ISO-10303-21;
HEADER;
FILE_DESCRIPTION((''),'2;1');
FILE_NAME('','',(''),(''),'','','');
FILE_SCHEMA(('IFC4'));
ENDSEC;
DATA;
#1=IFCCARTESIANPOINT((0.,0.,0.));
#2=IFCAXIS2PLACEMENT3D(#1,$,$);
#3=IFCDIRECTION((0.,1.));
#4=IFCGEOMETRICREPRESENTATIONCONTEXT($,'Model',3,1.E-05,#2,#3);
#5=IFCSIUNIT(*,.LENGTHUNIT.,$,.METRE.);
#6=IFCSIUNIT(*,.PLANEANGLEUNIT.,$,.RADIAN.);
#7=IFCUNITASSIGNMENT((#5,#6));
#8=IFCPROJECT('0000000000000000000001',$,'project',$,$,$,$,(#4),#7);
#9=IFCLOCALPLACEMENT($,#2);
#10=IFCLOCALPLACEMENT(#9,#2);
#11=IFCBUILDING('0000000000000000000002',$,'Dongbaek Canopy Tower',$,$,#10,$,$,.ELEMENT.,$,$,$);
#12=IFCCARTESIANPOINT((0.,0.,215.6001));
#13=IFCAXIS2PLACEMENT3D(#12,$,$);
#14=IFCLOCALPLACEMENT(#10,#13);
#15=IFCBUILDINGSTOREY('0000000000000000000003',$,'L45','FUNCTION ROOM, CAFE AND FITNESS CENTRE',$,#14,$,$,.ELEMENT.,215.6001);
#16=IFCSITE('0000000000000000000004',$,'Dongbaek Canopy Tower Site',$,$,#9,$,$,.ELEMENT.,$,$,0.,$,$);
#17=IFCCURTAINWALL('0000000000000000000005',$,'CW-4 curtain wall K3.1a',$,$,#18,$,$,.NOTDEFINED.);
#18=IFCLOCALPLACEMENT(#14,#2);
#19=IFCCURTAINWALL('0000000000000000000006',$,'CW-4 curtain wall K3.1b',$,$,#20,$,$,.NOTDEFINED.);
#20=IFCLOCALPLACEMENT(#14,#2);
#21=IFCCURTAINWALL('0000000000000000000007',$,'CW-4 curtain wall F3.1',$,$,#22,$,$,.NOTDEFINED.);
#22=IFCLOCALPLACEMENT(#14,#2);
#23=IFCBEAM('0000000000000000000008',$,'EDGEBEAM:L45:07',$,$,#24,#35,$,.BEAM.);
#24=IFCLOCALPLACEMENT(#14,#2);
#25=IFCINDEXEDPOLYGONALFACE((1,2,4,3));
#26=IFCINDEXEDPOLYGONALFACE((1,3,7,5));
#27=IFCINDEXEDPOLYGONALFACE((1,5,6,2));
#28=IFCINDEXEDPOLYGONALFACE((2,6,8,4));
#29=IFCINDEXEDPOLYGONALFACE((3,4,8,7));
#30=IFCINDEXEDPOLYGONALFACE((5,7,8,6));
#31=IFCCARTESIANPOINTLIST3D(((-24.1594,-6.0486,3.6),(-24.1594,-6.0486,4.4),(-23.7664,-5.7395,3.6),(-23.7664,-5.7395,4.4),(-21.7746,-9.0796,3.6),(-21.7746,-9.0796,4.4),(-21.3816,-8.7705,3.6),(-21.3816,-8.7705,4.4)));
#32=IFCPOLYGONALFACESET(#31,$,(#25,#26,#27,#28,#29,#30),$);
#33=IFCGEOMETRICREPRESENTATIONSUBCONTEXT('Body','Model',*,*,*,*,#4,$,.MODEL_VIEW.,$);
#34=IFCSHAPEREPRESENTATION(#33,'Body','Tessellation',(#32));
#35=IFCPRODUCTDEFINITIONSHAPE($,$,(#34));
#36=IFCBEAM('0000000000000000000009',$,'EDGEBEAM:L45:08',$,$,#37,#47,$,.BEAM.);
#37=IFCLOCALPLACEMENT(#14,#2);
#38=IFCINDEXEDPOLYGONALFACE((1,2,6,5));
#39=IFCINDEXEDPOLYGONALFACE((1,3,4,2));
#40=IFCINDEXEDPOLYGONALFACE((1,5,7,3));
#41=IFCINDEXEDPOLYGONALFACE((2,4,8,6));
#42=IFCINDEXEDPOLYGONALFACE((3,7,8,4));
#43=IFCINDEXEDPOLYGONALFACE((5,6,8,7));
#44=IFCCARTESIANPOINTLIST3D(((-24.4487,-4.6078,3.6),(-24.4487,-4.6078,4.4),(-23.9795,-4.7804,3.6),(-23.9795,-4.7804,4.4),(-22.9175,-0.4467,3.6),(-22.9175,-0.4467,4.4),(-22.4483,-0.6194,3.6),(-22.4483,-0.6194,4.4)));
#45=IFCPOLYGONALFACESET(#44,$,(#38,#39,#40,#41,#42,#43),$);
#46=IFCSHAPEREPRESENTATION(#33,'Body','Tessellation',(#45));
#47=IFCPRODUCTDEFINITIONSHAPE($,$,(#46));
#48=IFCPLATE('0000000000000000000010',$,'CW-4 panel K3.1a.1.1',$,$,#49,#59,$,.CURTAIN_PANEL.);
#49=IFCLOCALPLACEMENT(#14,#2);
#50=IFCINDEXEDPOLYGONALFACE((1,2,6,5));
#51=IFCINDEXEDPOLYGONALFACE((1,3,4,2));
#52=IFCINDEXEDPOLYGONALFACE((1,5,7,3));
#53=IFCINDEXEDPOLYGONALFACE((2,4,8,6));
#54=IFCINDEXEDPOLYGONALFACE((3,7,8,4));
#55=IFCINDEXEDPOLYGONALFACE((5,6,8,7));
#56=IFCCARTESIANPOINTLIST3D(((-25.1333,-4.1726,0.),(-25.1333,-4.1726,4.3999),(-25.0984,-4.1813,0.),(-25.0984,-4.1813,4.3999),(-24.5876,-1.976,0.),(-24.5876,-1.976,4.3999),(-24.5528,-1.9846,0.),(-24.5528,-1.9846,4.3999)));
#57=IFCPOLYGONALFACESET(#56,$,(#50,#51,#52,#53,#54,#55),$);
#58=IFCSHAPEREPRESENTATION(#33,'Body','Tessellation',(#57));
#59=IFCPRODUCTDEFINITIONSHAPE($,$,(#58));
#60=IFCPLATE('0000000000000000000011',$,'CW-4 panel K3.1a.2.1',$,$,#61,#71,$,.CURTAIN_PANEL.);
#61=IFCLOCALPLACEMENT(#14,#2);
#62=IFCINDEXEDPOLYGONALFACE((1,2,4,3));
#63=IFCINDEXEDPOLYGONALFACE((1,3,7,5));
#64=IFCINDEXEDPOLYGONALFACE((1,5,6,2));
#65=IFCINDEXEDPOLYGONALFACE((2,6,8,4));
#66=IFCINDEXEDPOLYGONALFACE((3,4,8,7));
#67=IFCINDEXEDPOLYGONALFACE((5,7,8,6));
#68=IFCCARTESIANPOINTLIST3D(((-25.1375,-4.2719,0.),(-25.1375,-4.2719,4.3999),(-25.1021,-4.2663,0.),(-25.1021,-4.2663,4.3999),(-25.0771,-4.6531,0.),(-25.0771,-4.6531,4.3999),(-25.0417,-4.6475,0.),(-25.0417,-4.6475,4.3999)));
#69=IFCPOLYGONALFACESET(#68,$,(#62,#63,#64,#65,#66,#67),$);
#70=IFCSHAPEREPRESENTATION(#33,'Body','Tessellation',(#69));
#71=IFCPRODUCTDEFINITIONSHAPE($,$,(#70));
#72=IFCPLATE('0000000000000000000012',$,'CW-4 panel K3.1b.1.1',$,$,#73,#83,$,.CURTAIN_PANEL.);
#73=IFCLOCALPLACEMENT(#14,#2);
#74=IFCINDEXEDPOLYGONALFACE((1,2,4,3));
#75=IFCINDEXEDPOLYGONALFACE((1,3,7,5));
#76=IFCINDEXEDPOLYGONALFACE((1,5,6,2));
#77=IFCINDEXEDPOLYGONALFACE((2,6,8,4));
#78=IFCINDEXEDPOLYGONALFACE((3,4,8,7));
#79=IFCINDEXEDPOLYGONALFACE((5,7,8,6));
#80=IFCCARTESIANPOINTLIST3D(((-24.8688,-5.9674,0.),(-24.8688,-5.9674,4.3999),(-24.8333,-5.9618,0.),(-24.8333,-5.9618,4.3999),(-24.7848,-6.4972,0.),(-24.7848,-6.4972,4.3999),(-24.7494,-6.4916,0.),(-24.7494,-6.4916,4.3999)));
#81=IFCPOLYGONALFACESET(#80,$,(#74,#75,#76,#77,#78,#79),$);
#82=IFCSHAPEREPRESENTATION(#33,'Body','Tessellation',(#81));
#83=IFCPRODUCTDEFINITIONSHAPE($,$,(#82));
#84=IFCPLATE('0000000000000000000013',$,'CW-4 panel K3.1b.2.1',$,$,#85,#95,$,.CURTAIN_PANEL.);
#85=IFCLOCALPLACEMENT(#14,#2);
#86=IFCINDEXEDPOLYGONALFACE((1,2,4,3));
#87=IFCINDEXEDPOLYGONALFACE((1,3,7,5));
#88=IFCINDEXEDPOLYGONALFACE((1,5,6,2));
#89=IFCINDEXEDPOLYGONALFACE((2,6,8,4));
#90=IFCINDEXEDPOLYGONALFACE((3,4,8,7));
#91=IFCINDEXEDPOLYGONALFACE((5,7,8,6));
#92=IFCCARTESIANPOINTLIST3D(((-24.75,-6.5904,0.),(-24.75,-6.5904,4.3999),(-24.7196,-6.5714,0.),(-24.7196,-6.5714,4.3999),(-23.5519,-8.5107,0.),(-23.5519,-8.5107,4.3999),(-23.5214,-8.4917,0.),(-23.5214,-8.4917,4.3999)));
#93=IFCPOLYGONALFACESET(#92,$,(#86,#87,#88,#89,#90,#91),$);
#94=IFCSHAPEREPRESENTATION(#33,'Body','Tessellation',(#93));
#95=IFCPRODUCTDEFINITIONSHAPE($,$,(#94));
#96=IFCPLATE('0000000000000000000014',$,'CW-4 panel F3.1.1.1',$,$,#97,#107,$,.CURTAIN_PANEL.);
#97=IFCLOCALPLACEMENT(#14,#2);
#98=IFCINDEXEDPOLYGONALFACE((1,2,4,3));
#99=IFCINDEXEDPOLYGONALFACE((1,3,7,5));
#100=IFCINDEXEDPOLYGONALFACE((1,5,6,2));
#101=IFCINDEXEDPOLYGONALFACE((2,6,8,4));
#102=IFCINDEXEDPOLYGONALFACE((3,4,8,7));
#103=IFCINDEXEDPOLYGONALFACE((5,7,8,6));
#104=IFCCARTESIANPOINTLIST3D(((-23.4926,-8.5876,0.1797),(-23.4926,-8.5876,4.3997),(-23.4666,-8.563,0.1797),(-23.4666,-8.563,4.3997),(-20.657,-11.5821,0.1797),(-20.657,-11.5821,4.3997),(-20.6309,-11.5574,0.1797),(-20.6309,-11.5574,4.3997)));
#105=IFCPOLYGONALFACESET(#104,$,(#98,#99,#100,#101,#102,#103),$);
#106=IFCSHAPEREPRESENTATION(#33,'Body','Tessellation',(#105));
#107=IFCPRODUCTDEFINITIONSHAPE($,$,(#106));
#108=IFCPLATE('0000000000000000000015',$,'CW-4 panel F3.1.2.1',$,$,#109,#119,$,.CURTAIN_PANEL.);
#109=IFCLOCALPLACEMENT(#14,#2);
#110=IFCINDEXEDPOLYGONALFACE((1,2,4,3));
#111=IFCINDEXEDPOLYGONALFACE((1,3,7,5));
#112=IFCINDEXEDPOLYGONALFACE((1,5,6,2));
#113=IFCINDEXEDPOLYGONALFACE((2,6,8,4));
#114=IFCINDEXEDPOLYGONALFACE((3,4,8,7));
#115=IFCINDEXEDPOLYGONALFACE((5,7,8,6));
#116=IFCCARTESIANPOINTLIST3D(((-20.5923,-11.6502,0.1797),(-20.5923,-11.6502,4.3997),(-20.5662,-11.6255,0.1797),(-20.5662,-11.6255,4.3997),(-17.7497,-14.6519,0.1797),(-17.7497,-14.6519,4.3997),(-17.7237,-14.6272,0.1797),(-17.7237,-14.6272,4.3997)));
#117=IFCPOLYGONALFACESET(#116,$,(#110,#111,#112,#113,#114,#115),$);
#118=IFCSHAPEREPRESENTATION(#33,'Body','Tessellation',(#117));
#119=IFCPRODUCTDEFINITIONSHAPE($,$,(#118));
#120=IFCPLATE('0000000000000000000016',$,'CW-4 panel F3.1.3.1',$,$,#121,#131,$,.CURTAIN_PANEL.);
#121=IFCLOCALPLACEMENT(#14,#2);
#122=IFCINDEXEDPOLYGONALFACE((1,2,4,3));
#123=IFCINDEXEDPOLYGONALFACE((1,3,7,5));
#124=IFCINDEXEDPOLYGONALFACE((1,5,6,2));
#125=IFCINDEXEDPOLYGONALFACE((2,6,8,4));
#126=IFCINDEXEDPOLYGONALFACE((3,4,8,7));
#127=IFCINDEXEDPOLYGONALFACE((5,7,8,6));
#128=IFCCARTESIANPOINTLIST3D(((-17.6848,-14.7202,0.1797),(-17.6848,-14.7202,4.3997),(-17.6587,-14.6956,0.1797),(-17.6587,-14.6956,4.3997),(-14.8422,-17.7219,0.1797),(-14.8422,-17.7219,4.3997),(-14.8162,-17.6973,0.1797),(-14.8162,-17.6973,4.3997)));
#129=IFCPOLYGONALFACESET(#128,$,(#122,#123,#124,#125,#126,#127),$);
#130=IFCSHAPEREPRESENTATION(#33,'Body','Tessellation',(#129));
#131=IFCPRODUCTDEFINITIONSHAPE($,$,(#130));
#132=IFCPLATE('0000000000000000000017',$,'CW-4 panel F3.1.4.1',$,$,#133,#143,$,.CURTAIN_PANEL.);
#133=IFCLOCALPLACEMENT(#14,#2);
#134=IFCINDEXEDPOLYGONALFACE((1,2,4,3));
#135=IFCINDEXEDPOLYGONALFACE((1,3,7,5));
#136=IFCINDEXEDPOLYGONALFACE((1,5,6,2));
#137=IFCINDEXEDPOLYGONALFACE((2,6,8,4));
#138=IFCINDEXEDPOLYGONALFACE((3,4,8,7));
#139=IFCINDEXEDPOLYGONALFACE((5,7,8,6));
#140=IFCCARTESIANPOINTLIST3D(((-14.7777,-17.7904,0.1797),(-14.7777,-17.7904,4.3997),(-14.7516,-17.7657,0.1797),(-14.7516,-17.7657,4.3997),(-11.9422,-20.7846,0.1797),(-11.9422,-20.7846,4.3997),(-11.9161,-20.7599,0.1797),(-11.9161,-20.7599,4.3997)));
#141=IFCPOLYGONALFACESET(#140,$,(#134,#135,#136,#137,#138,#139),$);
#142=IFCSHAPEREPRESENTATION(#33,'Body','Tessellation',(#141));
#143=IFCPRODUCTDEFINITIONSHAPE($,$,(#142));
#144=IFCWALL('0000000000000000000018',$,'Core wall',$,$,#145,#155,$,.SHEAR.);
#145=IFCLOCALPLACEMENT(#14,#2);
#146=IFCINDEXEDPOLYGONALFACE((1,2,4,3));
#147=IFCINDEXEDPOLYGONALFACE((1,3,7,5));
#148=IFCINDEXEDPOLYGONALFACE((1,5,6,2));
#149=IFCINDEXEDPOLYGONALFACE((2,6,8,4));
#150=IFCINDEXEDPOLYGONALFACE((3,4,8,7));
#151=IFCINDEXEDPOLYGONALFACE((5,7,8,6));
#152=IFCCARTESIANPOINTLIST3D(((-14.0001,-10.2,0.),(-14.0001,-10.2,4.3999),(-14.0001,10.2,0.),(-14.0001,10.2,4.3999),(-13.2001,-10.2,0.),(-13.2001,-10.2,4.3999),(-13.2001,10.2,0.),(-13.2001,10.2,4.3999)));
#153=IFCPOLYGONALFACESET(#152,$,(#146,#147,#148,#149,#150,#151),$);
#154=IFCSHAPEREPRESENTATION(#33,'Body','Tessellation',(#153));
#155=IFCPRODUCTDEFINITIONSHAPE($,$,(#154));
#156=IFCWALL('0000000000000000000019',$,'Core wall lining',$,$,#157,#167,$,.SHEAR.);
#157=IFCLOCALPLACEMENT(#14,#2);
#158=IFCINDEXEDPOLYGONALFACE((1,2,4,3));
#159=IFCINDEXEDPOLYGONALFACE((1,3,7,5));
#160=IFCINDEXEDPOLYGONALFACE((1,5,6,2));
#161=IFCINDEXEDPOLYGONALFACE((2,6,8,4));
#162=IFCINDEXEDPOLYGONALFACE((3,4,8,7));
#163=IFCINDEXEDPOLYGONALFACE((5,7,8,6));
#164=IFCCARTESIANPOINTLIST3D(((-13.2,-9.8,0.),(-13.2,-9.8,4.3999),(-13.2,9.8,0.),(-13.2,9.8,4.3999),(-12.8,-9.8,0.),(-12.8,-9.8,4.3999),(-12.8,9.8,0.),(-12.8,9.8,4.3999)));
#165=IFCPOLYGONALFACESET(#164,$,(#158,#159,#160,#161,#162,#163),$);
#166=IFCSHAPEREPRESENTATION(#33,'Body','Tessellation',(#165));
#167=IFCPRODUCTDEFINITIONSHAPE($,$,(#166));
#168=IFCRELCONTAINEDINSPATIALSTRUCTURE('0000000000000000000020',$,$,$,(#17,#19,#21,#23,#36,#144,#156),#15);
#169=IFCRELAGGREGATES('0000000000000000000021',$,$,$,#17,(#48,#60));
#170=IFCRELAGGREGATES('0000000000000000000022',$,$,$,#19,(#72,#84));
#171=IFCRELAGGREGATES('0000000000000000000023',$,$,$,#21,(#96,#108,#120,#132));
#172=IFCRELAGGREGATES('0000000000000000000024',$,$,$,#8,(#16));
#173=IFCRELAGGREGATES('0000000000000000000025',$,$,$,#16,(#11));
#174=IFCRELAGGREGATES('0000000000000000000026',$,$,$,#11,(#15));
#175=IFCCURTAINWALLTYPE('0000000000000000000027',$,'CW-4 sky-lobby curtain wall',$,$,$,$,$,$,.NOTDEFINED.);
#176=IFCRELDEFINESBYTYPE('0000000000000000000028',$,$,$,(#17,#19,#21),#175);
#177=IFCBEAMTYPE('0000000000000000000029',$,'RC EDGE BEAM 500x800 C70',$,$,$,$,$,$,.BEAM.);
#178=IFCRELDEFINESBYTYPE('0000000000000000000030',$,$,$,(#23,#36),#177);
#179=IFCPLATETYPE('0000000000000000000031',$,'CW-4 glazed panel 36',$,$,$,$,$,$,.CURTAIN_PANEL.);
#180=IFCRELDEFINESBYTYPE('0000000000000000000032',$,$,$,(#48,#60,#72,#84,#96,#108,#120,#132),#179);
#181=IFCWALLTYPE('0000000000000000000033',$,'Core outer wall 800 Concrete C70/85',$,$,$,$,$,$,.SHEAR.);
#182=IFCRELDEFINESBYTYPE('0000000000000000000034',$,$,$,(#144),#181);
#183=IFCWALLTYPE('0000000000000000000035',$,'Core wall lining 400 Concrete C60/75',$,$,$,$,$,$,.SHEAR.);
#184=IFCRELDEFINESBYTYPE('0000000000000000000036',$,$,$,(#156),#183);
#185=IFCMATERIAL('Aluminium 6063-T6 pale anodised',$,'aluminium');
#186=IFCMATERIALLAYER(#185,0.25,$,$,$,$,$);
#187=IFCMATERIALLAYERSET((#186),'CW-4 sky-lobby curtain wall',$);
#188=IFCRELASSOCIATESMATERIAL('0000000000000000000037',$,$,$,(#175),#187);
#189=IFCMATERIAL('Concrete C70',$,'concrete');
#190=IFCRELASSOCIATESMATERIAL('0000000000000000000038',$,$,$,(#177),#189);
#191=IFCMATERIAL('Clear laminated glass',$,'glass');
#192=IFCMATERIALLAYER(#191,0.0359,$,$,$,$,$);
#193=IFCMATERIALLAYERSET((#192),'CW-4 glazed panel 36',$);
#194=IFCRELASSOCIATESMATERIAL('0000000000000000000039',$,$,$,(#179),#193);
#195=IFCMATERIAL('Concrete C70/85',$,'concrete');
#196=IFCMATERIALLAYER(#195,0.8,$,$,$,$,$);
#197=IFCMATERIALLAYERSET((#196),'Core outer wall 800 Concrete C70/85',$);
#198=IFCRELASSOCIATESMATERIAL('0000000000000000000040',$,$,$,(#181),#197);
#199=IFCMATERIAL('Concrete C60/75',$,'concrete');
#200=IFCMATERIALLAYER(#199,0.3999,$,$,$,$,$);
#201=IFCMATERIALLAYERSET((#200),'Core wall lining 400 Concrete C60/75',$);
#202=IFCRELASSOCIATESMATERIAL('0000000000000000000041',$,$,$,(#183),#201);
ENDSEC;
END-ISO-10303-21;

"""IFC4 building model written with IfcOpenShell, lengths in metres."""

from ifc_helpers import new_model, si_unit, direction, frame, frame_2d, origin, origin_2d, place, context, subcontext, project, spatial, rectangle, extrude, material, layer, layer_set, material_profile, profile_set, type_object, element, aggregate, save


model = new_model("IFC4")

# Units and contexts
model_context = context("Model", 3, precision=1e-05, world=origin(), true_north=direction((0.0, 1.0)))
body_context = subcontext(model_context, "Body", "Model", "MODEL_VIEW")
ifc_project = project(units=[si_unit("LENGTHUNIT", "METRE"), si_unit("PLANEANGLEUNIT", "RADIAN")], contexts=[model_context])

# Site, building, storey
site_placement = place(None, origin())
site = spatial("IfcSite", under=ifc_project, at=site_placement, Name="Dongbaek Canopy Tower Site", CompositionType="ELEMENT", RefElevation=0.0)
building_placement = place(site_placement, origin())
building = spatial("IfcBuilding", under=site, at=building_placement, Name="Dongbaek Canopy Tower", CompositionType="ELEMENT")
storey_placement = place(building_placement, frame((0.0, 0.0, 215.6001)))
storey = spatial("IfcBuildingStorey", under=building, at=storey_placement, Name="L45", Description="FUNCTION ROOM, CAFE AND FITNESS CENTRE", CompositionType="ELEMENT", Elevation=215.6001)

# Curtain walls
ifc_material_1 = material(Name="Aluminium 6063-T6 pale anodised", Category="aluminium")
ifc_layer_1 = layer(ifc_material_1, 0.25)
ifc_layer_set_1 = layer_set([ifc_layer_1], Name="CW-4 sky-lobby curtain wall")
curtain_wall_type = type_object("IfcCurtainWallType", Name="CW-4 sky-lobby curtain wall", PredefinedType="NOTDEFINED", material=ifc_layer_set_1)
curtain_wall_1_placement = place(storey_placement, origin())
curtain_wall_1 = element("IfcCurtainWall", 1, at=curtain_wall_1_placement, inside=storey, type_object=curtain_wall_type, Name="CW-4 curtain wall K3.1a", PredefinedType="NOTDEFINED")
curtain_wall_2_placement = place(storey_placement, origin())
curtain_wall_2 = element("IfcCurtainWall", 2, at=curtain_wall_2_placement, inside=storey, type_object=curtain_wall_type, Name="CW-4 curtain wall K3.1b", PredefinedType="NOTDEFINED")
curtain_wall_3_placement = place(storey_placement, origin())
curtain_wall_3 = element("IfcCurtainWall", 3, at=curtain_wall_3_placement, inside=storey, type_object=curtain_wall_type, Name="CW-4 curtain wall F3.1", PredefinedType="NOTDEFINED")

# Beams
ifc_material_2 = material(Name="Concrete C70", Category="concrete")
ifc_material_profile_1 = material_profile(ifc_material_2, rectangle(XDim=0.5, YDim=0.8, at=origin_2d()), Name="RC EDGE BEAM 500x800 C70")
ifc_profile_set_1 = profile_set([ifc_material_profile_1], Name="Concrete C70")
beam_type = type_object("IfcBeamType", Name="RC EDGE BEAM 500x800 C70", PredefinedType="BEAM", material=ifc_profile_set_1)
beam_1_placement = place(storey_placement, frame((-21.5781, -8.925, 4.0), z_axis=(-0.618344, 0.785907, 0.0), x_axis=(-0.785907, -0.618344, 0.0)))
element("IfcBeam", 4, at=beam_1_placement, inside=storey, type_object=beam_type, Name="EDGEBEAM:L45:07", PredefinedType="BEAM", context=body_context, shape_type="SweptSolid", body=[
    extrude(rectangle(XDim=0.5, YDim=0.8, at=origin_2d()), origin(), (0.0, 0.0, 1.0), 3.8567),
])
beam_2_placement = place(storey_placement, frame((-24.2141, -4.6941, 4.0), z_axis=(0.345348, 0.938475, 0.0), x_axis=(-0.938475, 0.345348, 0.0)))
element("IfcBeam", 5, at=beam_2_placement, inside=storey, type_object=beam_type, Name="EDGEBEAM:L45:08", PredefinedType="BEAM", context=body_context, shape_type="SweptSolid", body=[
    extrude(rectangle(XDim=0.5, YDim=0.8, at=origin_2d()), origin(), (0.0, 0.0, 1.0), 4.4338),
])

# Plates
ifc_material_3 = material(Name="Clear laminated glass", Category="glass")
ifc_layer_2 = layer(ifc_material_3, 0.0359)
ifc_layer_set_2 = layer_set([ifc_layer_2], Name="CW-4 glazed panel 36")
plate_type = type_object("IfcPlateType", Name="CW-4 glazed panel 36", PredefinedType="CURTAIN_PANEL", material=ifc_layer_set_2)
plate_1_placement = place(storey_placement, frame((-24.843, -3.0786, 0.0), z_axis=(0.0, 0.0, 1.0), x_axis=(-0.241073, -0.970507, 0.0)))
plate_1 = element("IfcPlate", 6, at=plate_1_placement, type_object=plate_type, Name="CW-4 panel K3.1a.1.1", PredefinedType="CURTAIN_PANEL", context=body_context, shape_type="SweptSolid", body=[
    extrude(rectangle(XDim=2.2634, YDim=0.0359, at=origin_2d()), origin(), (0.0, 0.0, 1.0), 4.3999),
])
plate_2_placement = place(storey_placement, frame((-25.0896, -4.4597, 0.0), z_axis=(0.0, 0.0, 1.0), x_axis=(0.156539, -0.987672, 0.0)))
plate_2 = element("IfcPlate", 7, at=plate_2_placement, type_object=plate_type, Name="CW-4 panel K3.1a.2.1", PredefinedType="CURTAIN_PANEL", context=body_context, shape_type="SweptSolid", body=[
    extrude(rectangle(XDim=0.386, YDim=0.0359, at=origin_2d()), origin(), (0.0, 0.0, 1.0), 4.3999),
])
aggregate(curtain_wall_1, [plate_1, plate_2])
plate_3_placement = place(storey_placement, frame((-24.8091, -6.2295, 0.0), z_axis=(0.0, 0.0, 1.0), x_axis=(0.156539, -0.987672, 0.0)))
plate_3 = element("IfcPlate", 8, at=plate_3_placement, type_object=plate_type, Name="CW-4 panel K3.1b.1.1", PredefinedType="CURTAIN_PANEL", context=body_context, shape_type="SweptSolid", body=[
    extrude(rectangle(XDim=0.5364, YDim=0.0359, at=origin_2d()), origin(), (0.0, 0.0, 1.0), 4.3999),
])
plate_4_placement = place(storey_placement, frame((-24.1357, -7.541, 0.0), z_axis=(0.0, 0.0, 1.0), x_axis=(0.529357, -0.848399, 0.0)))
plate_4 = element("IfcPlate", 9, at=plate_4_placement, type_object=plate_type, Name="CW-4 panel K3.1b.2.1", PredefinedType="CURTAIN_PANEL", context=body_context, shape_type="SweptSolid", body=[
    extrude(rectangle(XDim=2.2634, YDim=0.0359, at=origin_2d()), origin(), (0.0, 0.0, 1.0), 4.3999),
])
aggregate(curtain_wall_2, [plate_3, plate_4])
plate_5_placement = place(storey_placement, frame((-22.0618, -10.0725, 0.1797), z_axis=(0.0, 0.0, 1.0), x_axis=(0.687595, -0.726095, 0.0)))
plate_5 = element("IfcPlate", 10, at=plate_5_placement, type_object=plate_type, Name="CW-4 panel F3.1.1.1", PredefinedType="CURTAIN_PANEL", context=body_context, shape_type="SweptSolid", body=[
    extrude(rectangle(XDim=4.124, YDim=0.0359, at=origin_2d()), origin(), (0.0, 0.0, 1.0), 4.22),
])
plate_6_placement = place(storey_placement, frame((-19.158, -13.1387, 0.1797), z_axis=(0.0, 0.0, 1.0), x_axis=(0.687595, -0.726095, 0.0)))
plate_6 = element("IfcPlate", 11, at=plate_6_placement, type_object=plate_type, Name="CW-4 panel F3.1.2.1", PredefinedType="CURTAIN_PANEL", context=body_context, shape_type="SweptSolid", body=[
    extrude(rectangle(XDim=4.134, YDim=0.0359, at=origin_2d()), origin(), (0.0, 0.0, 1.0), 4.22),
])
plate_7_placement = place(storey_placement, frame((-16.2505, -16.2087, 0.1797), z_axis=(0.0, 0.0, 1.0), x_axis=(0.687595, -0.726095, 0.0)))
plate_7 = element("IfcPlate", 12, at=plate_7_placement, type_object=plate_type, Name="CW-4 panel F3.1.3.1", PredefinedType="CURTAIN_PANEL", context=body_context, shape_type="SweptSolid", body=[
    extrude(rectangle(XDim=4.134, YDim=0.0359, at=origin_2d()), origin(), (0.0, 0.0, 1.0), 4.22),
])
plate_8_placement = place(storey_placement, frame((-13.3469, -19.2751, 0.1797), z_axis=(0.0, 0.0, 1.0), x_axis=(0.687595, -0.726095, 0.0)))
plate_8 = element("IfcPlate", 13, at=plate_8_placement, type_object=plate_type, Name="CW-4 panel F3.1.4.1", PredefinedType="CURTAIN_PANEL", context=body_context, shape_type="SweptSolid", body=[
    extrude(rectangle(XDim=4.1238, YDim=0.0359, at=origin_2d()), origin(), (0.0, 0.0, 1.0), 4.22),
])
aggregate(curtain_wall_3, [plate_5, plate_6, plate_7, plate_8])

# Walls
ifc_material_4 = material(Name="Concrete C70/85", Category="concrete")
ifc_layer_3 = layer(ifc_material_4, 0.8)
ifc_layer_set_3 = layer_set([ifc_layer_3], Name="Core outer wall 800 Concrete C70/85")
wall_type_1 = type_object("IfcWallType", Name="Core outer wall 800 Concrete C70/85", PredefinedType="SHEAR", material=ifc_layer_set_3)
wall_1_placement = place(storey_placement, frame((-13.6001, -10.2, 0.0), z_axis=(0.0, 0.0, 1.0), x_axis=(0.0, 1.0, 0.0)))
element("IfcWall", 14, at=wall_1_placement, inside=storey, type_object=wall_type_1, Name="Core wall", PredefinedType="SHEAR", context=body_context, shape_type="SweptSolid", body=[
    extrude(rectangle(XDim=20.3999, YDim=0.8, at=frame_2d((10.2, 0.0))), origin(), (0.0, 0.0, 1.0), 4.3999),
])
ifc_material_5 = material(Name="Concrete C60/75", Category="concrete")
ifc_layer_4 = layer(ifc_material_5, 0.3999)
ifc_layer_set_4 = layer_set([ifc_layer_4], Name="Core wall lining 400 Concrete C60/75")
wall_type_2 = type_object("IfcWallType", Name="Core wall lining 400 Concrete C60/75", PredefinedType="SHEAR", material=ifc_layer_set_4)
wall_2_placement = place(storey_placement, frame((-13.0, -9.8, 0.0), z_axis=(0.0, 0.0, 1.0), x_axis=(0.0, 1.0, 0.0)))
element("IfcWall", 15, at=wall_2_placement, inside=storey, type_object=wall_type_2, Name="Core wall lining", PredefinedType="SHEAR", context=body_context, shape_type="SweptSolid", body=[
    extrude(rectangle(XDim=19.6001, YDim=0.3999, at=frame_2d((9.8, 0.0))), origin(), (0.0, 0.0, 1.0), 4.3999),
])

save(model, "model.ifc")
